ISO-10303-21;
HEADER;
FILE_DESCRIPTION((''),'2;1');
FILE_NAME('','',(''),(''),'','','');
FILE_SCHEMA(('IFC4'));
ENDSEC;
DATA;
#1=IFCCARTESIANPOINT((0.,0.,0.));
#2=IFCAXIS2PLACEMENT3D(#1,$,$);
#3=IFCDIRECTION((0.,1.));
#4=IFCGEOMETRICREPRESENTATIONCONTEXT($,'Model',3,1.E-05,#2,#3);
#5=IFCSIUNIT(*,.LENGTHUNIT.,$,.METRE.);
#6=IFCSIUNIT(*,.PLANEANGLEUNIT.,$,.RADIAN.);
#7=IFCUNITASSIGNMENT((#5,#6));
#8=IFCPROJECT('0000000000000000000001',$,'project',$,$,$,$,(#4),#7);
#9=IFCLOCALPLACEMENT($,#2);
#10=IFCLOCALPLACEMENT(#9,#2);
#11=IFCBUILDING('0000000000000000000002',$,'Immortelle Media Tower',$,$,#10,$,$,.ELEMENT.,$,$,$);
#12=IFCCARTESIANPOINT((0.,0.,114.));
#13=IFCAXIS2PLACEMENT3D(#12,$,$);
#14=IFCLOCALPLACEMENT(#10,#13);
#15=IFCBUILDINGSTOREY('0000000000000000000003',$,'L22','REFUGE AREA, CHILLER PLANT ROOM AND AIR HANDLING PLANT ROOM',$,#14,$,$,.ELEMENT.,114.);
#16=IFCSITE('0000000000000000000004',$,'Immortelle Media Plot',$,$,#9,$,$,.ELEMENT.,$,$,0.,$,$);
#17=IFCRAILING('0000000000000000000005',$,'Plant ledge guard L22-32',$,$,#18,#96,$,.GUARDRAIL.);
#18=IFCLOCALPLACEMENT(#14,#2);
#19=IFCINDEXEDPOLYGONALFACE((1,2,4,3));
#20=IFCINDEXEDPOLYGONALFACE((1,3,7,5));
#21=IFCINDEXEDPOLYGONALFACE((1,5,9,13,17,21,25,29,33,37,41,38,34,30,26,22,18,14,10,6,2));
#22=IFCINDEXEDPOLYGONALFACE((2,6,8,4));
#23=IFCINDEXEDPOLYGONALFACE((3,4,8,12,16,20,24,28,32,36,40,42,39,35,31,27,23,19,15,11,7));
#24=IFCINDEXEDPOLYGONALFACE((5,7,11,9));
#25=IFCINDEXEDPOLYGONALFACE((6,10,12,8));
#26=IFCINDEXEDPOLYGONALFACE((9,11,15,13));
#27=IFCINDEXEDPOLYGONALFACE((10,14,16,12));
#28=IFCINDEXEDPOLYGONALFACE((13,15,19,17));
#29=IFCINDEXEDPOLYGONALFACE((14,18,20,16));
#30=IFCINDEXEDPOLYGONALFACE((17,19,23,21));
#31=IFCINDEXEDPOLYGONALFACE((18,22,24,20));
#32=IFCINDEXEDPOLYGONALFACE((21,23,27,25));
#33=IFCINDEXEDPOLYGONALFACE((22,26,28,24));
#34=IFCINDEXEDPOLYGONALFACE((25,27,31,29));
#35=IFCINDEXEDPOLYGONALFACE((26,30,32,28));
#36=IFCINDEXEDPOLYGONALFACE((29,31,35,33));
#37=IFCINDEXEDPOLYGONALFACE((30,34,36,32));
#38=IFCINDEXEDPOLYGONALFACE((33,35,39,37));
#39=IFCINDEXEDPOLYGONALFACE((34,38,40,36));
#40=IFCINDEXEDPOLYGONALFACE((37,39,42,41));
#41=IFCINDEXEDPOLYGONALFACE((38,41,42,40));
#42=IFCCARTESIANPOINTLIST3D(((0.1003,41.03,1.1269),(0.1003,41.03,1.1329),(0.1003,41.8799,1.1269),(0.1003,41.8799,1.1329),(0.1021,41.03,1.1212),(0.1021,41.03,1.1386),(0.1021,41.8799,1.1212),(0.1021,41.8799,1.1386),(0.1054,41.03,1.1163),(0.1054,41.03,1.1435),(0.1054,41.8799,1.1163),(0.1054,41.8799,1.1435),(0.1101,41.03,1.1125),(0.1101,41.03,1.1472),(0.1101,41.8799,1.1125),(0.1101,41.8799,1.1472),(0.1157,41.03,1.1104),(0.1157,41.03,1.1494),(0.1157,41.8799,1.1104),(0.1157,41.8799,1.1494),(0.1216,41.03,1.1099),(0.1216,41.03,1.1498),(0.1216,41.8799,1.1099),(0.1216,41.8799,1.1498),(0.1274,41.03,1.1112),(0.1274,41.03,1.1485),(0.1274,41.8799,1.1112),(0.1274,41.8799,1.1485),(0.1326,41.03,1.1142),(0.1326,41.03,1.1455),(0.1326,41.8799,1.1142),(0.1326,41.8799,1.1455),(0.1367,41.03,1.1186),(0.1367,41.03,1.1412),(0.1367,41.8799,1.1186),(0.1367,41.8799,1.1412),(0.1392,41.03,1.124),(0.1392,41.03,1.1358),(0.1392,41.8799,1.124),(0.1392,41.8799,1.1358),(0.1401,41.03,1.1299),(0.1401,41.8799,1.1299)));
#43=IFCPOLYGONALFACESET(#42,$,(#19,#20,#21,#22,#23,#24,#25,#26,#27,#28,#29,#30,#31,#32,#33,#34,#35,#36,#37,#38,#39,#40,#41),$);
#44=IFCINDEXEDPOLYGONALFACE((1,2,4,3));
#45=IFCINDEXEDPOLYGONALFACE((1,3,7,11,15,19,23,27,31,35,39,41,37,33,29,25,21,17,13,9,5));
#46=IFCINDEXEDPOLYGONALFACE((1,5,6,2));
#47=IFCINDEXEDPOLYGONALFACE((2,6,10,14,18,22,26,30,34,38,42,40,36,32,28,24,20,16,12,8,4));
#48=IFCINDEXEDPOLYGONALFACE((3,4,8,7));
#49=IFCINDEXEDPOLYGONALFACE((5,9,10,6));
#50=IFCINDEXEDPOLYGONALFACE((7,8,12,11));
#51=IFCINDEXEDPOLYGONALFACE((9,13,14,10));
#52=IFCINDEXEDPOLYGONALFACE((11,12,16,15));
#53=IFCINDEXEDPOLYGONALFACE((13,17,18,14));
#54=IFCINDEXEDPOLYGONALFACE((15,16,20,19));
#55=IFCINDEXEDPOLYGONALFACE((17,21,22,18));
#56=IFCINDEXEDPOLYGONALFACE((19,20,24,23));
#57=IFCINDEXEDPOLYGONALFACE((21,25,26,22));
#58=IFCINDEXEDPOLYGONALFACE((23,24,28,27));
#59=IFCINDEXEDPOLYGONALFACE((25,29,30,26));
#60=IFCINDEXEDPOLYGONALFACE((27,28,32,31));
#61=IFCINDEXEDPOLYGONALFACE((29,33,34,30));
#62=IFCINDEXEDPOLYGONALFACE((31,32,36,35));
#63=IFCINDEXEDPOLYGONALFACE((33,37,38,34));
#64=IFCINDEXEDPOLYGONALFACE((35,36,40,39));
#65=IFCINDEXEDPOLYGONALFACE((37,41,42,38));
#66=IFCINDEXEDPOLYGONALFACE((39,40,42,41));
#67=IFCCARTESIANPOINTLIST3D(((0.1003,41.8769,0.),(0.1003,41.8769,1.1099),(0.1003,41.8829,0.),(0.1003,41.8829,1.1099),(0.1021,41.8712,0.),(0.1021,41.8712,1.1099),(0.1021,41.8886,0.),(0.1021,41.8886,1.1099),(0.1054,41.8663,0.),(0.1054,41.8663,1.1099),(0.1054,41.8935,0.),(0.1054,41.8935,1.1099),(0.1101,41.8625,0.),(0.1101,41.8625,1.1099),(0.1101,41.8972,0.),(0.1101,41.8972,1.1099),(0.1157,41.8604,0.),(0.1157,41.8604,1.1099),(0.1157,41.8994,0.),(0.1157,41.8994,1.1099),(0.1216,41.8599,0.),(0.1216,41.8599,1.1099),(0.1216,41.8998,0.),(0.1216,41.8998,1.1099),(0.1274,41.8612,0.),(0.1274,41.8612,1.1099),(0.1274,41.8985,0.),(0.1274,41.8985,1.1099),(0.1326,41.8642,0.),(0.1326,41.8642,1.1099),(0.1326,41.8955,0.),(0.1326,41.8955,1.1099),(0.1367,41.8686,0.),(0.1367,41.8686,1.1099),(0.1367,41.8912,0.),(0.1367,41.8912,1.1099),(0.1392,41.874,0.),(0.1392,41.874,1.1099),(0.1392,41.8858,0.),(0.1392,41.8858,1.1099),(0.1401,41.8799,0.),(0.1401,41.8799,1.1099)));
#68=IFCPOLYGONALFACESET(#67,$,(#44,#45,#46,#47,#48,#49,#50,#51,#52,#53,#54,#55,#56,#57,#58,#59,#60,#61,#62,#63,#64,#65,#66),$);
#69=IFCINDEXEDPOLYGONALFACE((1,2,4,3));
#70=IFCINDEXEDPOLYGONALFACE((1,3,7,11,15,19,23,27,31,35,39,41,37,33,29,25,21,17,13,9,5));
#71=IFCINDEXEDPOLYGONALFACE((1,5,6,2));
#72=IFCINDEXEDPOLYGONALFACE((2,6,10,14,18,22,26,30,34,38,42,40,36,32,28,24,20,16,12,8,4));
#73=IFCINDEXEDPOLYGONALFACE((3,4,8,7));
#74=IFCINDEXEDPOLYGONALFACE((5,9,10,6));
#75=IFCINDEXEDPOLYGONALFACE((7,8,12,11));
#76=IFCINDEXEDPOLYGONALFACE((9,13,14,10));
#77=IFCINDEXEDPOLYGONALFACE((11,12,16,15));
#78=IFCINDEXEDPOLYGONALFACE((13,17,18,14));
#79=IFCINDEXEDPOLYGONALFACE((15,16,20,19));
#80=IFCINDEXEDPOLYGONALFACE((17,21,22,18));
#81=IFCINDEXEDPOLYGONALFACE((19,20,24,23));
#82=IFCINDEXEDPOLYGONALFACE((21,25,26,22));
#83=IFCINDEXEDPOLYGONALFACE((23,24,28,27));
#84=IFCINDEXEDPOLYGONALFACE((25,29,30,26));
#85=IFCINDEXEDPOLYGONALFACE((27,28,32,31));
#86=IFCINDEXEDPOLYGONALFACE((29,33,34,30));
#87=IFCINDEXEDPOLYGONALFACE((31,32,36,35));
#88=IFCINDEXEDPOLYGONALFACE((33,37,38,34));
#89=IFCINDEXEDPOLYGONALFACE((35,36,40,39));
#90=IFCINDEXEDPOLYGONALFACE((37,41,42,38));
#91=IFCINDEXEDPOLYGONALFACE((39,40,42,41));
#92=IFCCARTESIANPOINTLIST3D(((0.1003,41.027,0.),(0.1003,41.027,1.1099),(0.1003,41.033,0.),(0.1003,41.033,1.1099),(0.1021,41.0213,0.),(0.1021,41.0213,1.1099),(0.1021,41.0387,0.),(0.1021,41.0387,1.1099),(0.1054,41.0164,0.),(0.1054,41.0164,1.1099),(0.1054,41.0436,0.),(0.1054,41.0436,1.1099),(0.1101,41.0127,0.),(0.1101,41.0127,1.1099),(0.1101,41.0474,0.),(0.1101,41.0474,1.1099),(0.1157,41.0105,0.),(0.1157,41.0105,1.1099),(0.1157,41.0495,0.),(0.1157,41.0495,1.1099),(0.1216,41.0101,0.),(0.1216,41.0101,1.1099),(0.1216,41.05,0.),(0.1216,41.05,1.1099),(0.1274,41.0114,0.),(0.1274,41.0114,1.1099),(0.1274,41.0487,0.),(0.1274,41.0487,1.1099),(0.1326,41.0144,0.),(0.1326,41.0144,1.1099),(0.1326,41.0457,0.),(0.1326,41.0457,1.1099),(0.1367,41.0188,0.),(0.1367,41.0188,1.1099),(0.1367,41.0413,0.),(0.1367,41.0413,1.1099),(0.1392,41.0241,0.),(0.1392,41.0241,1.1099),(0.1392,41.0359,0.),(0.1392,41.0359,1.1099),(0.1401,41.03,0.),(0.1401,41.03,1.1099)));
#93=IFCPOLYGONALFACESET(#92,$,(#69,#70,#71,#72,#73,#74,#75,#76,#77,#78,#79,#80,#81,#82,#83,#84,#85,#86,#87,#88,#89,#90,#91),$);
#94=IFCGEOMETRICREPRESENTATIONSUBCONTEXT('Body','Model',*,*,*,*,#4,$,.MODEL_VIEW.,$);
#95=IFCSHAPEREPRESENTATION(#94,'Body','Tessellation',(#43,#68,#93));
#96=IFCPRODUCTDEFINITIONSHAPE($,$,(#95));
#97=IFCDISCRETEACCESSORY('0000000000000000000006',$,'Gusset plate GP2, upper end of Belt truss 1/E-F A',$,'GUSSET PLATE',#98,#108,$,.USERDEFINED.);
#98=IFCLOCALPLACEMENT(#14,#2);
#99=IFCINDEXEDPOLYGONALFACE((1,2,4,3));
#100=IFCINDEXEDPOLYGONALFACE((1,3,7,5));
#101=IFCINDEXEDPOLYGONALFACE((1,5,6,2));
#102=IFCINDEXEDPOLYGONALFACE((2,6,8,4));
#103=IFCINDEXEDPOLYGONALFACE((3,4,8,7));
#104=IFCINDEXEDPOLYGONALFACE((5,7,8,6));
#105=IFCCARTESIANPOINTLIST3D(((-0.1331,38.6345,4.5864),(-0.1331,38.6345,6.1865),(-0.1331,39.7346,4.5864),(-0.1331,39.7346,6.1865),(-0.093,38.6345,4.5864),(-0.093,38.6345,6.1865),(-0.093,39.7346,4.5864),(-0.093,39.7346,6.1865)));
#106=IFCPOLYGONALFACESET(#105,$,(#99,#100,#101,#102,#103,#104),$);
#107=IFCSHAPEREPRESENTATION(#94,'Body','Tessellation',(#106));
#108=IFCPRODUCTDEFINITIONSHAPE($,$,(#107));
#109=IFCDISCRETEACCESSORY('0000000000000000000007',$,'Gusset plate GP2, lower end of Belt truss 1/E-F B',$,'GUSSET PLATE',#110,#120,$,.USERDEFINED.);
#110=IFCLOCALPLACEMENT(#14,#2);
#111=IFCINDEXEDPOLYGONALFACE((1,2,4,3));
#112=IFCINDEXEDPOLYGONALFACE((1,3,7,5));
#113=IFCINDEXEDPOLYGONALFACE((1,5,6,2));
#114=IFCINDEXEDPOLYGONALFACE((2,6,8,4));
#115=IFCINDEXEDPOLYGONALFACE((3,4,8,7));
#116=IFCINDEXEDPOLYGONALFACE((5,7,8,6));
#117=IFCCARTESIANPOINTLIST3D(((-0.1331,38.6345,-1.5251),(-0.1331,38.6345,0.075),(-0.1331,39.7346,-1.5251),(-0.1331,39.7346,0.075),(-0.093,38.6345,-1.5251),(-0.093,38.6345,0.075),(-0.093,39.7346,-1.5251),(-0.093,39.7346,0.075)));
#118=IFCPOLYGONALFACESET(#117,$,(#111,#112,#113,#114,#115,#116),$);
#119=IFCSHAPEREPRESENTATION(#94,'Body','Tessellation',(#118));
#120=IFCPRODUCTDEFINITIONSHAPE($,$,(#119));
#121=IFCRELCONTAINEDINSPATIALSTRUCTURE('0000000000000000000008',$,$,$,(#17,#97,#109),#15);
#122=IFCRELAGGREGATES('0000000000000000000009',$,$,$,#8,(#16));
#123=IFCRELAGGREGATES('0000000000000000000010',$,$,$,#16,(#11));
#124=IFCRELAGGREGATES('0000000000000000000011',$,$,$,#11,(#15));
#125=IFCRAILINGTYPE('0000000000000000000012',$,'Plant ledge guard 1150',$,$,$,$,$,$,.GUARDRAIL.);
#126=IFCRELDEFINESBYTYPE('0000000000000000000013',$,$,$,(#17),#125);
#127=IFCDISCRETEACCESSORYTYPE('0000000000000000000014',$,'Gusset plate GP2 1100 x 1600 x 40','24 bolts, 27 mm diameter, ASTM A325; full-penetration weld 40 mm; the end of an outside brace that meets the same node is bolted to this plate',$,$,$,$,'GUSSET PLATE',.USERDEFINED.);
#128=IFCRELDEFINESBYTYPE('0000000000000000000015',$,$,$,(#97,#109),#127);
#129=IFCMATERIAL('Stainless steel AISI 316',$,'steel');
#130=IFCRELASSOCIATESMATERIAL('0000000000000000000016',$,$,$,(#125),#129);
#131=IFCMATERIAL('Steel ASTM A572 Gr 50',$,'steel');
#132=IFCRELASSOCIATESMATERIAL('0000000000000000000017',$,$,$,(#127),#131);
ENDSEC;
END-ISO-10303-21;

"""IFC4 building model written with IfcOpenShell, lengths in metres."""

from ifc_helpers import new_model, si_unit, direction, frame, origin, origin_2d, place, context, subcontext, project, spatial, rectangle, circle, extrude, material, material_profile, profile_set, type_object, element, save


model = new_model("IFC4")

# Units and contexts
model_context = context("Model", 3, precision=1e-05, world=origin(), true_north=direction((0.0, 1.0)))
body_context = subcontext(model_context, "Body", "Model", "MODEL_VIEW")
ifc_project = project(units=[si_unit("LENGTHUNIT", "METRE"), si_unit("PLANEANGLEUNIT", "RADIAN")], contexts=[model_context])

# Site, building, storey
site_placement = place(None, origin())
site = spatial("IfcSite", under=ifc_project, at=site_placement, Name="Immortelle Media Plot", CompositionType="ELEMENT", RefElevation=0.0)
building_placement = place(site_placement, origin())
building = spatial("IfcBuilding", under=site, at=building_placement, Name="Immortelle Media Tower", CompositionType="ELEMENT")
storey_placement = place(building_placement, frame((0.0, 0.0, 114.0)))
storey = spatial("IfcBuildingStorey", under=building, at=storey_placement, Name="L22", Description="REFUGE AREA, CHILLER PLANT ROOM AND AIR HANDLING PLANT ROOM", CompositionType="ELEMENT", Elevation=114.0)

# Railing
ifc_material_1 = material(Name="Stainless steel AISI 316", Category="steel")
railing_type = type_object("IfcRailingType", Name="Plant ledge guard 1150", PredefinedType="GUARDRAIL", material=ifc_material_1)
railing_1_placement = place(storey_placement, frame((0.1201, 41.8799, 0.0)))
element("IfcRailing", 1, at=railing_1_placement, inside=storey, type_object=railing_type, Name="Plant ledge guard L22-32", PredefinedType="GUARDRAIL", context=body_context, shape_type="SweptSolid", body=[
    extrude(circle(Radius=0.02, at=origin_2d()), frame((0.0, 0.0, 1.1299), z_axis=(0.0, -1.0, 0.0), x_axis=(1.0, 0.0, 0.0)), (0.0, 0.0, 1.0), 0.8499),
    extrude(circle(Radius=0.02, at=origin_2d()), origin(), (0.0, 0.0, 1.0), 1.1099),
    extrude(circle(Radius=0.02, at=origin_2d()), frame((0.0, -0.8499, 0.0)), (0.0, 0.0, 1.0), 1.1099),
])

# Discrete accessories
ifc_material_2 = material(Name="Steel ASTM A572 Gr 50", Category="steel")
ifc_material_profile_1 = material_profile(ifc_material_2, rectangle(XDim=0.04, YDim=1.6001, at=origin_2d()), Name="PL 40 x 1600")
ifc_profile_set_1 = profile_set([ifc_material_profile_1], Name="Steel ASTM A572 Gr 50")
discrete_accessory_type = type_object("IfcDiscreteAccessoryType", Name="Gusset plate GP2 1100 x 1600 x 40", Description="24 bolts, 27 mm diameter, ASTM A325; full-penetration weld 40 mm; the end of an outside brace that meets the same node is bolted to this plate", ElementType="GUSSET PLATE", PredefinedType="USERDEFINED", material=ifc_profile_set_1)
for number, where, z_axis, x_axis, name in (
    (2, (-0.113, 39.7346, 5.3865), (0.0, -1.0, 0.0), (1.0, 0.0, 0.0), "Gusset plate GP2, upper end of Belt truss 1/E-F A"),
    (3, (-0.113, 39.7346, -0.7251), (0.0, -1.0, 0.0), (1.0, 0.0, 0.0), "Gusset plate GP2, lower end of Belt truss 1/E-F B"),
):
    element("IfcDiscreteAccessory", number, at=place(storey_placement, frame(where, z_axis=z_axis, x_axis=x_axis)), inside=storey, type_object=discrete_accessory_type, Name=name, ObjectType="GUSSET PLATE", PredefinedType="USERDEFINED", context=body_context, shape_type="SweptSolid", body=[
        extrude(rectangle(XDim=0.04, YDim=1.6001, at=origin_2d()), origin(), (0.0, 0.0, 1.0), 1.1001),
    ])

save(model, "model.ifc")
